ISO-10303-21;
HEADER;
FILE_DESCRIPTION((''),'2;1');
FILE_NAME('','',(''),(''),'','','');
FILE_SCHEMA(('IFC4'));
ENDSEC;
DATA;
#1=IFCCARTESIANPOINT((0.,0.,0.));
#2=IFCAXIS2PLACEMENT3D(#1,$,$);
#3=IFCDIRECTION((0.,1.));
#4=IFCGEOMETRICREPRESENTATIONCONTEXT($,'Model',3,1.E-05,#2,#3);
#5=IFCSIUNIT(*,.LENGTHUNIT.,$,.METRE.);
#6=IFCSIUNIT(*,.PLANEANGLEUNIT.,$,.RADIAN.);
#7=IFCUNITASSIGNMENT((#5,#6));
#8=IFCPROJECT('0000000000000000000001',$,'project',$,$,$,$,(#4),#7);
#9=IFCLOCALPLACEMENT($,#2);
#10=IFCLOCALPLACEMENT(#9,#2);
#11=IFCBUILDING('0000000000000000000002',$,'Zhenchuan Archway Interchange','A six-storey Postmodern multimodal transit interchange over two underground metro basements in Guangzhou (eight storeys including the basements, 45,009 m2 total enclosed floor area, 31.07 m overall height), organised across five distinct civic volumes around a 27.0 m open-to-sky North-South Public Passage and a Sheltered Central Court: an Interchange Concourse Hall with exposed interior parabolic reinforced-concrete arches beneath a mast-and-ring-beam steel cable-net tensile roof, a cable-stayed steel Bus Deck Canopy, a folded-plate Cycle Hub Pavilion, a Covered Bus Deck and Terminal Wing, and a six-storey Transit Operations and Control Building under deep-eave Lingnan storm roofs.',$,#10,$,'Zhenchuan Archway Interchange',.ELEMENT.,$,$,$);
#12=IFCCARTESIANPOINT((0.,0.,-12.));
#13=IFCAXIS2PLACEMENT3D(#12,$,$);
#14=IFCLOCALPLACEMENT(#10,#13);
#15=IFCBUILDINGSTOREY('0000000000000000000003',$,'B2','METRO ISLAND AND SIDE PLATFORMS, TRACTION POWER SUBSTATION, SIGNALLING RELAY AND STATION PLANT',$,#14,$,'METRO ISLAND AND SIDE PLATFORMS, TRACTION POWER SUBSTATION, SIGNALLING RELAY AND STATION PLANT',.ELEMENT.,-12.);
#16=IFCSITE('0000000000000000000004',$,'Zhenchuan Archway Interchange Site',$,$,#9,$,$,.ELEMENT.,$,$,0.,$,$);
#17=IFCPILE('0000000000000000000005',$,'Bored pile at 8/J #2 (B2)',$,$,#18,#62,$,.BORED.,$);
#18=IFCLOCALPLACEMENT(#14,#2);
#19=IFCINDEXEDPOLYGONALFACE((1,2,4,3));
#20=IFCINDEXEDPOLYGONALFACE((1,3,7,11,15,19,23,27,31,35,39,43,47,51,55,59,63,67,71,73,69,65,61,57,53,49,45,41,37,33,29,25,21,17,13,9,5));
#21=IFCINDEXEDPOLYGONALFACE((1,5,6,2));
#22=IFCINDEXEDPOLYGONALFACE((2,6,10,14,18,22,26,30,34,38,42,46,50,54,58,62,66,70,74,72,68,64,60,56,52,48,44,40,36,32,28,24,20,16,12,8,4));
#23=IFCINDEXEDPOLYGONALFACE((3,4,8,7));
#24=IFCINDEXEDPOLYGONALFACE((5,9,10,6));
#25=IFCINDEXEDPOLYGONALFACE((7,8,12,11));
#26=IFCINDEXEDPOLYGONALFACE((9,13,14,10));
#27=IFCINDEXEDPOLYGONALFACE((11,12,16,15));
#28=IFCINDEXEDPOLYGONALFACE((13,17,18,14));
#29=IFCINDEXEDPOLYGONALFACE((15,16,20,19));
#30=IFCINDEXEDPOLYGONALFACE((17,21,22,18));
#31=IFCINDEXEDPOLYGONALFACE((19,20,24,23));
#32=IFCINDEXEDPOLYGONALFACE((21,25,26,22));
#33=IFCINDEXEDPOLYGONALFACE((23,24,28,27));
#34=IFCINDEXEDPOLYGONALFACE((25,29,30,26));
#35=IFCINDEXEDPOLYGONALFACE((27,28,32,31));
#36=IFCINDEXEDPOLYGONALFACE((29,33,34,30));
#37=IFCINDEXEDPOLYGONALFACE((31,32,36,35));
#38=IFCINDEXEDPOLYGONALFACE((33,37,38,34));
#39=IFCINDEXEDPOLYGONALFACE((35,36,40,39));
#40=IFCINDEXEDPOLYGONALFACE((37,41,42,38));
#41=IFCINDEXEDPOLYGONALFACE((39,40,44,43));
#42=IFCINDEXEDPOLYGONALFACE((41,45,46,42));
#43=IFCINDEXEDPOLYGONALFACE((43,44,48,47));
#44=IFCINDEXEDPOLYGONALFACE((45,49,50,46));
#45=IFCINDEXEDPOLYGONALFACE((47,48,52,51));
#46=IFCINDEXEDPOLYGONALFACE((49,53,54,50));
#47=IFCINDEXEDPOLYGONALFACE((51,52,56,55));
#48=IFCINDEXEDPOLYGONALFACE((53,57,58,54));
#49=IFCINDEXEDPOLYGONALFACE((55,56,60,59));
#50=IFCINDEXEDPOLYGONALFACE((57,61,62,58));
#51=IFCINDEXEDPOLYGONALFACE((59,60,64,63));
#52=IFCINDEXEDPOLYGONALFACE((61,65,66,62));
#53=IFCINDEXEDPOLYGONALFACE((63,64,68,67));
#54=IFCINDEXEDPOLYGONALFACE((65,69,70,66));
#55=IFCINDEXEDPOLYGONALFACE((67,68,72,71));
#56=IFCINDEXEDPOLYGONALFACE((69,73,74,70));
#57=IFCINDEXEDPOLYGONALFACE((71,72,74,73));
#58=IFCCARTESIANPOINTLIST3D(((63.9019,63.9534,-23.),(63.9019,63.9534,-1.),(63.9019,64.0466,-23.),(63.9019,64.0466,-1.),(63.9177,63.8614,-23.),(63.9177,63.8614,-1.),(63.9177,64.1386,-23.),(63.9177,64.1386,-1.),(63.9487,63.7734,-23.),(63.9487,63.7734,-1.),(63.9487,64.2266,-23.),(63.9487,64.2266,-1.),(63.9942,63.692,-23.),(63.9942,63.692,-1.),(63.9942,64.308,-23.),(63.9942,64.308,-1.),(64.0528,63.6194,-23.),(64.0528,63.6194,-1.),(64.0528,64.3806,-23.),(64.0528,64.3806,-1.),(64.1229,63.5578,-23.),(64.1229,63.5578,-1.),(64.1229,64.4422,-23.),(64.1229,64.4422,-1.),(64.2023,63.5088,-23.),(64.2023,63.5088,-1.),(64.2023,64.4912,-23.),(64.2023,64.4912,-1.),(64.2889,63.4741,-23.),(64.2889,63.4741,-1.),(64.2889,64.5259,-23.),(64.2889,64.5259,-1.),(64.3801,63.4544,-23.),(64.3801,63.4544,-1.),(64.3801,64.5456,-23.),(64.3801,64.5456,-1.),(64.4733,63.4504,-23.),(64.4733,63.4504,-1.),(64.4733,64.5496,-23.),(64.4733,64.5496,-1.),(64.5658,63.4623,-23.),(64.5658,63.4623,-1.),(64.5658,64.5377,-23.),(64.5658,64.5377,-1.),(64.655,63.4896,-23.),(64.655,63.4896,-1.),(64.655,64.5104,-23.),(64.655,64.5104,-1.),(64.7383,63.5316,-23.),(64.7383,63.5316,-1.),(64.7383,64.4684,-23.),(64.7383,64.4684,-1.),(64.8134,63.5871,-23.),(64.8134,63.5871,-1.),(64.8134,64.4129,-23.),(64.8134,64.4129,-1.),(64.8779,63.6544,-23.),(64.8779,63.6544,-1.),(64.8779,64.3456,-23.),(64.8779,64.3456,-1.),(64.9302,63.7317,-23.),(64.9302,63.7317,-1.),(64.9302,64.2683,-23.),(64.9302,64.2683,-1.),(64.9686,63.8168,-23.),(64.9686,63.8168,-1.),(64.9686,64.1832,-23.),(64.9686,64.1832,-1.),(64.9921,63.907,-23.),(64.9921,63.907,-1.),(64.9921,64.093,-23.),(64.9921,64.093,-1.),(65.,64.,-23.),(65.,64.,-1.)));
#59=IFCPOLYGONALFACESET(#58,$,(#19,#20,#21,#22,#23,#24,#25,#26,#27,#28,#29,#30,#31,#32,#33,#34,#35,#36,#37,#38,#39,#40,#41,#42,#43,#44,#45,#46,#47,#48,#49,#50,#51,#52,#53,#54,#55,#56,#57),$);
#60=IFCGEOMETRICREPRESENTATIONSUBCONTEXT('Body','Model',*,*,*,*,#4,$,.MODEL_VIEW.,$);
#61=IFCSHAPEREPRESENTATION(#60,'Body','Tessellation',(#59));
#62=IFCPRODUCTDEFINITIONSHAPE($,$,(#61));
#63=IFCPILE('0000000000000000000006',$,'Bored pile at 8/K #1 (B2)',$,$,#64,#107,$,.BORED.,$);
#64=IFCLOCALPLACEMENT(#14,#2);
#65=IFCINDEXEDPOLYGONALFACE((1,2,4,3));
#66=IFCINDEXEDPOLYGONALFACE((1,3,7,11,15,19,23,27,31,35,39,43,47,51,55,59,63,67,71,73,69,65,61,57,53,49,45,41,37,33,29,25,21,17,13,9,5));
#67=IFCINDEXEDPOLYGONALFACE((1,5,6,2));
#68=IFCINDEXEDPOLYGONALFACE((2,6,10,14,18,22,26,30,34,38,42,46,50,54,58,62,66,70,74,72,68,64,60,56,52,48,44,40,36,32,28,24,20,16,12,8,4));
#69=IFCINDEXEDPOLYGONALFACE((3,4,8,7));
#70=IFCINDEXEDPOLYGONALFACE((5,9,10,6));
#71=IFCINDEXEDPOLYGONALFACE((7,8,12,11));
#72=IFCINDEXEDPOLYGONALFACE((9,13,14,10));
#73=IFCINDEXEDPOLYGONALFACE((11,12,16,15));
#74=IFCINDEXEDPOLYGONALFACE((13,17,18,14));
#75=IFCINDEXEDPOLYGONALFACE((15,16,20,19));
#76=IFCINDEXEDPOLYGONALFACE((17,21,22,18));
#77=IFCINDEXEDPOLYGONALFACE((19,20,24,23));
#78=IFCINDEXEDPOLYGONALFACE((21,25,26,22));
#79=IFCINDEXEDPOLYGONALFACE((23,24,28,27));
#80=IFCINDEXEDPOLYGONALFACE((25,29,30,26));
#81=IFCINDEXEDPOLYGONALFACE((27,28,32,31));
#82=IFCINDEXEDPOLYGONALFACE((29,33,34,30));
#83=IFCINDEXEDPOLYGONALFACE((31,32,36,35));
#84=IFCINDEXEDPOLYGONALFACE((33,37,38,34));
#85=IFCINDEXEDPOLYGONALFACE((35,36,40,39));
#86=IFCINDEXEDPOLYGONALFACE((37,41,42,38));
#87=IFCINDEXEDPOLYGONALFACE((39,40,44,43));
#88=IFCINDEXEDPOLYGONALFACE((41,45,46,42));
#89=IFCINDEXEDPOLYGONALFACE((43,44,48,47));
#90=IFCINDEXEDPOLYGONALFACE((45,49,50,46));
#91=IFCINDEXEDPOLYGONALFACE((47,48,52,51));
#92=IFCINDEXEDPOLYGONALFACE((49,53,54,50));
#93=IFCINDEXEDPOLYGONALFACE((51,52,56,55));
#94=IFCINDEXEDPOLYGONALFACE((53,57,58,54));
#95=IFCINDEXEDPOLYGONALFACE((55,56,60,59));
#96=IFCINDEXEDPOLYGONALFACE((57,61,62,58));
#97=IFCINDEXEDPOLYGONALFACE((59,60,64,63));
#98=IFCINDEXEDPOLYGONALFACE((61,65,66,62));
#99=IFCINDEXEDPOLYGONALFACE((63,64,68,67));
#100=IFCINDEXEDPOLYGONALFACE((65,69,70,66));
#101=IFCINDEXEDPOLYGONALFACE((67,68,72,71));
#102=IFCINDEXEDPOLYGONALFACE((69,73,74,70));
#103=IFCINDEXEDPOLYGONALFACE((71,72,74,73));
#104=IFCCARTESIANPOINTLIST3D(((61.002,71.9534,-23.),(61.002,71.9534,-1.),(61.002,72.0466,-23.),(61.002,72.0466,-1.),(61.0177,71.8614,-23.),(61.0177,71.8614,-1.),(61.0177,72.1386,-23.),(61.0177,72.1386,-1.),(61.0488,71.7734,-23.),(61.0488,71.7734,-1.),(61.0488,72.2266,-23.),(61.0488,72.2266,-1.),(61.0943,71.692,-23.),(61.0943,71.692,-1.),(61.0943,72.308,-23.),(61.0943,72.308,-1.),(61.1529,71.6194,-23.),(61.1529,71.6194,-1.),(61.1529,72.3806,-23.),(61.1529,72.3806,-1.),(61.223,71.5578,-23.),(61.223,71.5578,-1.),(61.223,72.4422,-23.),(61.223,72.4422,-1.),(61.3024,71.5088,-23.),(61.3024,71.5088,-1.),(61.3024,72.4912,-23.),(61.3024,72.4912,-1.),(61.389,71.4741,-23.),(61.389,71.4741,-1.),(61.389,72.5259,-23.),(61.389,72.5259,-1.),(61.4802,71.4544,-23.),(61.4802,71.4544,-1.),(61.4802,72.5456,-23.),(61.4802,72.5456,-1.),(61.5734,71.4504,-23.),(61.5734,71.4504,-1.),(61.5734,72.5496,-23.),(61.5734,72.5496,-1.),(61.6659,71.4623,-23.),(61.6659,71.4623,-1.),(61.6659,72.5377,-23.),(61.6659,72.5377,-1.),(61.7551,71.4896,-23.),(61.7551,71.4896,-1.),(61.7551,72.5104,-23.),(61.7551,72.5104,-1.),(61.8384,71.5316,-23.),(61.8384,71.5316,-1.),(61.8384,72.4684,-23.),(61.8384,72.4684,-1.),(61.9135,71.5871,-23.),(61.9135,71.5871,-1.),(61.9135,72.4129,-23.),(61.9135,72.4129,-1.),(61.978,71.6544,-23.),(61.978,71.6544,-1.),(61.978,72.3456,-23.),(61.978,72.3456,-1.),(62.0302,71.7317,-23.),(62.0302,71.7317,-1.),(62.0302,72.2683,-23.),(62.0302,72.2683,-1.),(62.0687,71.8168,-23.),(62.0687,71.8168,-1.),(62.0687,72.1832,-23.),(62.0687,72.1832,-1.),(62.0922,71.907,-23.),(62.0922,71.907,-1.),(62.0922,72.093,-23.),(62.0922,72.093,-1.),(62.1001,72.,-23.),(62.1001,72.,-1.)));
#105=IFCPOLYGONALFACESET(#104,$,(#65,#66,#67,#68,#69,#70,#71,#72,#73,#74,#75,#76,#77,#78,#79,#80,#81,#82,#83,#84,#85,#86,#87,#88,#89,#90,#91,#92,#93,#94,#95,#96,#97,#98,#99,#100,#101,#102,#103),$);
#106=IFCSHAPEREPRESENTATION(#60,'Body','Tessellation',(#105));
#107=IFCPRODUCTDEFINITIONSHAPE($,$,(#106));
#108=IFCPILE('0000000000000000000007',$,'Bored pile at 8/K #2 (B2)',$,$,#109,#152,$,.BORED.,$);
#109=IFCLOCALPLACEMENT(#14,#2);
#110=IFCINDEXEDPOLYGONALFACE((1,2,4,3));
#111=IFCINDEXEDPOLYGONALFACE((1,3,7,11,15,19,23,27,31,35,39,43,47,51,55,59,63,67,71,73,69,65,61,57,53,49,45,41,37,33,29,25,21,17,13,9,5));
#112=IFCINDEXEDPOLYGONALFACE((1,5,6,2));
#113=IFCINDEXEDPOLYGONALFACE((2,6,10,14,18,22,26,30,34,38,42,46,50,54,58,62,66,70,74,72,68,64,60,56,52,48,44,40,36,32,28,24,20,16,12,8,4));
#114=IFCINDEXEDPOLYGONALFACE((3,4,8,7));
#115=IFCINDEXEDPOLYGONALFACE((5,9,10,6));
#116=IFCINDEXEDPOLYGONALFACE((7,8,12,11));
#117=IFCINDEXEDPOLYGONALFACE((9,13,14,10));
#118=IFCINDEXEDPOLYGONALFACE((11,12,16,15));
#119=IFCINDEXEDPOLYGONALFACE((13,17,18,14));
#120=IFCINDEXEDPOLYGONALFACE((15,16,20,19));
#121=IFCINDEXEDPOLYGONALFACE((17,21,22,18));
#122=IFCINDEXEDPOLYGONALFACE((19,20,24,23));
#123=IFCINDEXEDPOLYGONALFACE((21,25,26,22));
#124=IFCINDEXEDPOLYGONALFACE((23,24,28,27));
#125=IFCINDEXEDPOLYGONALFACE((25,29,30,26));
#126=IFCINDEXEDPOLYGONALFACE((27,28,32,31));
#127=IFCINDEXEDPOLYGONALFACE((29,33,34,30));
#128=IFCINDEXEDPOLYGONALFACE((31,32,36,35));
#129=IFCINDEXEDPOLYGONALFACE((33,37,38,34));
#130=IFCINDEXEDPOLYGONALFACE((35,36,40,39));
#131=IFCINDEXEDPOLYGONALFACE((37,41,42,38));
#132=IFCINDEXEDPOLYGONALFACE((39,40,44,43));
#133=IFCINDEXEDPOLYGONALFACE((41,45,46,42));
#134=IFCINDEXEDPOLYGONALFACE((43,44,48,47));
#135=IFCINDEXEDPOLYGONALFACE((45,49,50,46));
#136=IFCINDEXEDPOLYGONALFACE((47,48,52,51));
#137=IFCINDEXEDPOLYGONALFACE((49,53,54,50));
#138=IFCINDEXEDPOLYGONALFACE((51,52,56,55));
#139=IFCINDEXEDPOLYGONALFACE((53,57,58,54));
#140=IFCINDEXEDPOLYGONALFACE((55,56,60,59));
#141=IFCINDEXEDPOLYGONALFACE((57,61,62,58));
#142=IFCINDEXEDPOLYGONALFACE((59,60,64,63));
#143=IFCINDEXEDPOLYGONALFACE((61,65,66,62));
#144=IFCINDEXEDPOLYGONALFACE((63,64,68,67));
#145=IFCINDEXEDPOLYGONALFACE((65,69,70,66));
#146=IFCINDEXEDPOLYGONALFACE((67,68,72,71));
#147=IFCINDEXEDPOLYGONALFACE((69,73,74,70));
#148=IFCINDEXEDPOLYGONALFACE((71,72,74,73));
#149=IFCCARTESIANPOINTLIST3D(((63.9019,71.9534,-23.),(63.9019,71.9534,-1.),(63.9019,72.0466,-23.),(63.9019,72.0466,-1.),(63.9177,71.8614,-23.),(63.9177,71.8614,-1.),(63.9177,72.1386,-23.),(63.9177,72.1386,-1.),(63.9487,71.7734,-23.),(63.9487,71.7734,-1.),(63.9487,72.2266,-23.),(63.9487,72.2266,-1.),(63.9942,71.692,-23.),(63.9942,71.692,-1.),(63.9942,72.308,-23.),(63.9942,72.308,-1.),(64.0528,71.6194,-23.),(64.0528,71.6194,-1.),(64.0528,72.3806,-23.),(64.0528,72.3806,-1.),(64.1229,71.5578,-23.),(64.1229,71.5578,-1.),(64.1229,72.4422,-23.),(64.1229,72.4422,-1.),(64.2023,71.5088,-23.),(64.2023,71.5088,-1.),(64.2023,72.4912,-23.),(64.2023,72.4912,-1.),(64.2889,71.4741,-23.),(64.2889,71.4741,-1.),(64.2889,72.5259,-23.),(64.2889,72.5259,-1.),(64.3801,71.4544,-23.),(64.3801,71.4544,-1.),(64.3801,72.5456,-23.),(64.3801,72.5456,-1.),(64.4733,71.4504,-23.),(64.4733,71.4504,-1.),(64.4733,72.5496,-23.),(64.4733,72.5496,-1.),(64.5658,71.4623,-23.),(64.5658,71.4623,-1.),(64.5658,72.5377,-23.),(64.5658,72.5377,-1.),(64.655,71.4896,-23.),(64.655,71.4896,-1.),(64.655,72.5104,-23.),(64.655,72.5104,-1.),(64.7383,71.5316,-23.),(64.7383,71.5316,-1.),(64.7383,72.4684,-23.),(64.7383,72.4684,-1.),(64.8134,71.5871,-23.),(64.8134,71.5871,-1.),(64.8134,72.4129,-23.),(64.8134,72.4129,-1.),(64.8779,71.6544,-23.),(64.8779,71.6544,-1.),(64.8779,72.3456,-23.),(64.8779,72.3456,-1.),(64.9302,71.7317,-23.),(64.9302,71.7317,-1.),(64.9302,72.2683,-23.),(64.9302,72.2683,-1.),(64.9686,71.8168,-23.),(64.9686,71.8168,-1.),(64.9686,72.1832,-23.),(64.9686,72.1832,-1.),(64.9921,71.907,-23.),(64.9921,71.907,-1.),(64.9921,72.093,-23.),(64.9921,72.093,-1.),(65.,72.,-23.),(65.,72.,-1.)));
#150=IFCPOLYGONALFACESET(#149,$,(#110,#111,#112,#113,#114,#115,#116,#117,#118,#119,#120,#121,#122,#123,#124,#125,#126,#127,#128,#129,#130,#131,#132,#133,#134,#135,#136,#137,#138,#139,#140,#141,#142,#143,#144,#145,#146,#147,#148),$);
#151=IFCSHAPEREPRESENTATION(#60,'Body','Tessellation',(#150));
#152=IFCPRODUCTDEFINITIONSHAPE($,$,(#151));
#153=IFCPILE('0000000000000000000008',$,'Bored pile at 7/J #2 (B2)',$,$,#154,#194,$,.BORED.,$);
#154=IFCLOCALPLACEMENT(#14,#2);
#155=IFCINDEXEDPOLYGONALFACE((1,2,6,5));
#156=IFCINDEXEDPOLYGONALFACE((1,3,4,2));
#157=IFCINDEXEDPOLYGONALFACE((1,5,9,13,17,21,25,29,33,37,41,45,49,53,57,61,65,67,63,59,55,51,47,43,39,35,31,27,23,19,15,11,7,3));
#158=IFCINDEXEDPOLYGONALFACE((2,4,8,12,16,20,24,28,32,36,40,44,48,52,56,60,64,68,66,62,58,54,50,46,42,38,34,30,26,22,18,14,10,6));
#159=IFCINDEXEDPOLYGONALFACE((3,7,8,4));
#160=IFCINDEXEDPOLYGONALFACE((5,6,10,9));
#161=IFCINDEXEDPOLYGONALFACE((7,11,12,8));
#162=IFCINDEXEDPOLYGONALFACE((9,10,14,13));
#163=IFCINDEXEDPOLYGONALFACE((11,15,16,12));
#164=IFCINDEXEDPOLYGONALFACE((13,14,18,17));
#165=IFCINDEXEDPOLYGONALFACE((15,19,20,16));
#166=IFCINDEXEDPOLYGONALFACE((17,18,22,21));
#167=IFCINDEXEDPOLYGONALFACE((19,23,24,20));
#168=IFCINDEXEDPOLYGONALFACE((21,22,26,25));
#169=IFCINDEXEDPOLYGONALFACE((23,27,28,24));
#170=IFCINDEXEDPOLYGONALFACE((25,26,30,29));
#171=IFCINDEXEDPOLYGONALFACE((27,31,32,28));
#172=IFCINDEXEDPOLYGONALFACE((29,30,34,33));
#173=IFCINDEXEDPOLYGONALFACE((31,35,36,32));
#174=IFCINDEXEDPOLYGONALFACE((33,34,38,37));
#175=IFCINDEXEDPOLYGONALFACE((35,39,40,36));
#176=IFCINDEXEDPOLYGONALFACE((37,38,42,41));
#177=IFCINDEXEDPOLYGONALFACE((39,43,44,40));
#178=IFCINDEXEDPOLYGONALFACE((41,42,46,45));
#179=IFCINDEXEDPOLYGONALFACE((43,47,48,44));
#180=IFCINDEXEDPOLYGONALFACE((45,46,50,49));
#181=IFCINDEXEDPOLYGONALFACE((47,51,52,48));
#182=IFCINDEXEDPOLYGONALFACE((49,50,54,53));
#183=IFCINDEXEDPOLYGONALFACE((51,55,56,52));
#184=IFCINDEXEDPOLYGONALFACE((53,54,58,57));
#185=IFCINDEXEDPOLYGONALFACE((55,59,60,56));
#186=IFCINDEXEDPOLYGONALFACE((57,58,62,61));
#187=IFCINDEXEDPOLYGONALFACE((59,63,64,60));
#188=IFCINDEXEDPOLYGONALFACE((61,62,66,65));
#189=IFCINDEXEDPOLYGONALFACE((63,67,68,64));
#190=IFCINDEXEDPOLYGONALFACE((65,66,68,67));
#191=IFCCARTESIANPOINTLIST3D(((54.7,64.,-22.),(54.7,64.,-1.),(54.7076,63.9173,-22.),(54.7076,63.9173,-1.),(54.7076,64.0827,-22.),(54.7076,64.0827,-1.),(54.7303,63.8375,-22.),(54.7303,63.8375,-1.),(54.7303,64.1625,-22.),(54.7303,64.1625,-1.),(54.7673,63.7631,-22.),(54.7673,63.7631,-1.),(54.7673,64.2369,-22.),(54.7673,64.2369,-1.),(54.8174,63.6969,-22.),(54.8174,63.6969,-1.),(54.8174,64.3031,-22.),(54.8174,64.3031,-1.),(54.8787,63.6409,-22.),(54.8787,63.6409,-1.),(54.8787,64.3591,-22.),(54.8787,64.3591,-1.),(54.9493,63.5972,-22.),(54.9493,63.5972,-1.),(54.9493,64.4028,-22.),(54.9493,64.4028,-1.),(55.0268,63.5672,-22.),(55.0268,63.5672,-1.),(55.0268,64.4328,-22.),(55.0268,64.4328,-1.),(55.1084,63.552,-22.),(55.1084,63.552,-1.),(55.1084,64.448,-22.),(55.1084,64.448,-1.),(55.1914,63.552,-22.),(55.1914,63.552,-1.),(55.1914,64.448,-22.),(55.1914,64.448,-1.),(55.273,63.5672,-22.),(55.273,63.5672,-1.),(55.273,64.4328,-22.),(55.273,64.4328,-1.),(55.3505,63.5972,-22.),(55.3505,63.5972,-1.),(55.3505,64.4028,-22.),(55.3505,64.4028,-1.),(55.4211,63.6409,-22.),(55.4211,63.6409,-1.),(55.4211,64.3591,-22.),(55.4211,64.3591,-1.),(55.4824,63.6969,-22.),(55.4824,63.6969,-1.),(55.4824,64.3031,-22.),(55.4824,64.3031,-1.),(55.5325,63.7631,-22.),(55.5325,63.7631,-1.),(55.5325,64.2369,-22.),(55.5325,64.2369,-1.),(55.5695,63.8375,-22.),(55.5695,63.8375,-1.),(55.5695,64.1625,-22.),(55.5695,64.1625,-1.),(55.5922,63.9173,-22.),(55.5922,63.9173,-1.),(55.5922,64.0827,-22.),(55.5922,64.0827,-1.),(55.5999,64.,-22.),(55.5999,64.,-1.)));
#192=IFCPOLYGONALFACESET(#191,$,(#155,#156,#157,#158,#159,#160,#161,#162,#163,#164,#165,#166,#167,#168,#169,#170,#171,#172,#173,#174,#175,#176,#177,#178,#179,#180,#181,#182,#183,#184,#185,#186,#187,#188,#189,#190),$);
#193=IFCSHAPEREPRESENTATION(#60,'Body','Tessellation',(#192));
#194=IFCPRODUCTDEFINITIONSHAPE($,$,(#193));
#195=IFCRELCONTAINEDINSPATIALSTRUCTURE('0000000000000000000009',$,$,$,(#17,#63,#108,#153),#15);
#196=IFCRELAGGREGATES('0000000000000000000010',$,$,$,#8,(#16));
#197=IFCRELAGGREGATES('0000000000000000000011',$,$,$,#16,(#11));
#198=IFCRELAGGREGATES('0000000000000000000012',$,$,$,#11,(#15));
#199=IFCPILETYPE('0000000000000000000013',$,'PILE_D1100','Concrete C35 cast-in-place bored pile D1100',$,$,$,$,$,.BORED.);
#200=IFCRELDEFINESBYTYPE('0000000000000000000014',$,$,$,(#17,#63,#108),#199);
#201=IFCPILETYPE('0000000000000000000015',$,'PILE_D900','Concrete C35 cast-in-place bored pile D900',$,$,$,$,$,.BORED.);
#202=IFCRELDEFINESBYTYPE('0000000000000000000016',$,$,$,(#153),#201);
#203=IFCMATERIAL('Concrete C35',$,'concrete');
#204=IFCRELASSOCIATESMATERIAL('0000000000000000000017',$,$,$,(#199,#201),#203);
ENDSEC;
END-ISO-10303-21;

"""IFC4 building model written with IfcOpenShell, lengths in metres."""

from ifc_helpers import new_model, si_unit, direction, frame, origin, origin_2d, place, context, subcontext, project, spatial, circle, extrude, material, material_profile, profile_set, type_object, element, save


model = new_model("IFC4")

# Units and contexts
model_context = context("Model", 3, precision=1e-05, world=origin(), true_north=direction((0.0, 1.0)))
body_context = subcontext(model_context, "Body", "Model", "MODEL_VIEW")
ifc_project = project(units=[si_unit("LENGTHUNIT", "METRE"), si_unit("PLANEANGLEUNIT", "RADIAN")], contexts=[model_context])

# Site, building, storey
site_placement = place(None, origin())
site = spatial("IfcSite", under=ifc_project, at=site_placement, Name="Zhenchuan Archway Interchange Site", CompositionType="ELEMENT", RefElevation=0.0)
building_placement = place(site_placement, origin())
building = spatial("IfcBuilding", under=site, at=building_placement, Name="Zhenchuan Archway Interchange", Description="A six-storey Postmodern multimodal transit interchange over two underground metro basements in Guangzhou (eight storeys including the basements, 45,009 m2 total enclosed floor area, 31.07 m overall height), organised across five distinct civic volumes around a 27.0 m open-to-sky North-South Public Passage and a Sheltered Central Court: an Interchange Concourse Hall with exposed interior parabolic reinforced-concrete arches beneath a mast-and-ring-beam steel cable-net tensile roof, a cable-stayed steel Bus Deck Canopy, a folded-plate Cycle Hub Pavilion, a Covered Bus Deck and Terminal Wing, and a six-storey Transit Operations and Control Building under deep-eave Lingnan storm roofs.", LongName="Zhenchuan Archway Interchange", CompositionType="ELEMENT")
storey_placement = place(building_placement, frame((0.0, 0.0, -12.0)))
storey = spatial("IfcBuildingStorey", under=building, at=storey_placement, Name="B2", Description="METRO ISLAND AND SIDE PLATFORMS, TRACTION POWER SUBSTATION, SIGNALLING RELAY AND STATION PLANT", LongName="METRO ISLAND AND SIDE PLATFORMS, TRACTION POWER SUBSTATION, SIGNALLING RELAY AND STATION PLANT", CompositionType="ELEMENT", Elevation=-12.0)

# Piles
ifc_material_1 = material(Name="Concrete C35", Category="concrete")
ifc_material_profile_1 = material_profile(ifc_material_1, circle(Radius=0.55, at=origin_2d()), Name="BORED PILE 1100")
ifc_profile_set_1 = profile_set([ifc_material_profile_1], Name="Concrete C35")
pile_type_1 = type_object("IfcPileType", Name="PILE_D1100", Description="Concrete C35 cast-in-place bored pile D1100", PredefinedType="BORED", material=ifc_profile_set_1)
for number, where, z_axis, x_axis, name in (
    (1, (64.45, 64.0, -1.0), (0.0, 0.0, -1.0), (1.0, 0.0, 0.0), "Bored pile at 8/J #2 (B2)"),
    (2, (61.55, 72.0, -1.0), (0.0, 0.0, -1.0), (1.0, 0.0, 0.0), "Bored pile at 8/K #1 (B2)"),
    (3, (64.45, 72.0, -1.0), (0.0, 0.0, -1.0), (1.0, 0.0, 0.0), "Bored pile at 8/K #2 (B2)"),
):
    element("IfcPile", number, at=place(storey_placement, frame(where, z_axis=z_axis, x_axis=x_axis)), inside=storey, type_object=pile_type_1, Name=name, PredefinedType="BORED", context=body_context, shape_type="SweptSolid", body=[
        extrude(circle(Radius=0.55, at=origin_2d()), origin(), (0.0, 0.0, 1.0), 22.0),
    ])
ifc_material_profile_2 = material_profile(ifc_material_1, circle(Radius=0.45, at=origin_2d()), Name="BORED PILE 900")
ifc_profile_set_2 = profile_set([ifc_material_profile_2], Name="Concrete C35")
pile_type_2 = type_object("IfcPileType", Name="PILE_D900", Description="Concrete C35 cast-in-place bored pile D900", PredefinedType="BORED", material=ifc_profile_set_2)
for number, where, z_axis, x_axis, name in (
    (4, (55.1499, 64.0, -1.0), (0.0, 0.0, -1.0), (1.0, 0.0, 0.0), "Bored pile at 7/J #2 (B2)"),
):
    element("IfcPile", number, at=place(storey_placement, frame(where, z_axis=z_axis, x_axis=x_axis)), inside=storey, type_object=pile_type_2, Name=name, PredefinedType="BORED", context=body_context, shape_type="SweptSolid", body=[
        extrude(circle(Radius=0.45, at=origin_2d()), origin(), (0.0, 0.0, 1.0), 21.0),
    ])

save(model, "model.ifc")
